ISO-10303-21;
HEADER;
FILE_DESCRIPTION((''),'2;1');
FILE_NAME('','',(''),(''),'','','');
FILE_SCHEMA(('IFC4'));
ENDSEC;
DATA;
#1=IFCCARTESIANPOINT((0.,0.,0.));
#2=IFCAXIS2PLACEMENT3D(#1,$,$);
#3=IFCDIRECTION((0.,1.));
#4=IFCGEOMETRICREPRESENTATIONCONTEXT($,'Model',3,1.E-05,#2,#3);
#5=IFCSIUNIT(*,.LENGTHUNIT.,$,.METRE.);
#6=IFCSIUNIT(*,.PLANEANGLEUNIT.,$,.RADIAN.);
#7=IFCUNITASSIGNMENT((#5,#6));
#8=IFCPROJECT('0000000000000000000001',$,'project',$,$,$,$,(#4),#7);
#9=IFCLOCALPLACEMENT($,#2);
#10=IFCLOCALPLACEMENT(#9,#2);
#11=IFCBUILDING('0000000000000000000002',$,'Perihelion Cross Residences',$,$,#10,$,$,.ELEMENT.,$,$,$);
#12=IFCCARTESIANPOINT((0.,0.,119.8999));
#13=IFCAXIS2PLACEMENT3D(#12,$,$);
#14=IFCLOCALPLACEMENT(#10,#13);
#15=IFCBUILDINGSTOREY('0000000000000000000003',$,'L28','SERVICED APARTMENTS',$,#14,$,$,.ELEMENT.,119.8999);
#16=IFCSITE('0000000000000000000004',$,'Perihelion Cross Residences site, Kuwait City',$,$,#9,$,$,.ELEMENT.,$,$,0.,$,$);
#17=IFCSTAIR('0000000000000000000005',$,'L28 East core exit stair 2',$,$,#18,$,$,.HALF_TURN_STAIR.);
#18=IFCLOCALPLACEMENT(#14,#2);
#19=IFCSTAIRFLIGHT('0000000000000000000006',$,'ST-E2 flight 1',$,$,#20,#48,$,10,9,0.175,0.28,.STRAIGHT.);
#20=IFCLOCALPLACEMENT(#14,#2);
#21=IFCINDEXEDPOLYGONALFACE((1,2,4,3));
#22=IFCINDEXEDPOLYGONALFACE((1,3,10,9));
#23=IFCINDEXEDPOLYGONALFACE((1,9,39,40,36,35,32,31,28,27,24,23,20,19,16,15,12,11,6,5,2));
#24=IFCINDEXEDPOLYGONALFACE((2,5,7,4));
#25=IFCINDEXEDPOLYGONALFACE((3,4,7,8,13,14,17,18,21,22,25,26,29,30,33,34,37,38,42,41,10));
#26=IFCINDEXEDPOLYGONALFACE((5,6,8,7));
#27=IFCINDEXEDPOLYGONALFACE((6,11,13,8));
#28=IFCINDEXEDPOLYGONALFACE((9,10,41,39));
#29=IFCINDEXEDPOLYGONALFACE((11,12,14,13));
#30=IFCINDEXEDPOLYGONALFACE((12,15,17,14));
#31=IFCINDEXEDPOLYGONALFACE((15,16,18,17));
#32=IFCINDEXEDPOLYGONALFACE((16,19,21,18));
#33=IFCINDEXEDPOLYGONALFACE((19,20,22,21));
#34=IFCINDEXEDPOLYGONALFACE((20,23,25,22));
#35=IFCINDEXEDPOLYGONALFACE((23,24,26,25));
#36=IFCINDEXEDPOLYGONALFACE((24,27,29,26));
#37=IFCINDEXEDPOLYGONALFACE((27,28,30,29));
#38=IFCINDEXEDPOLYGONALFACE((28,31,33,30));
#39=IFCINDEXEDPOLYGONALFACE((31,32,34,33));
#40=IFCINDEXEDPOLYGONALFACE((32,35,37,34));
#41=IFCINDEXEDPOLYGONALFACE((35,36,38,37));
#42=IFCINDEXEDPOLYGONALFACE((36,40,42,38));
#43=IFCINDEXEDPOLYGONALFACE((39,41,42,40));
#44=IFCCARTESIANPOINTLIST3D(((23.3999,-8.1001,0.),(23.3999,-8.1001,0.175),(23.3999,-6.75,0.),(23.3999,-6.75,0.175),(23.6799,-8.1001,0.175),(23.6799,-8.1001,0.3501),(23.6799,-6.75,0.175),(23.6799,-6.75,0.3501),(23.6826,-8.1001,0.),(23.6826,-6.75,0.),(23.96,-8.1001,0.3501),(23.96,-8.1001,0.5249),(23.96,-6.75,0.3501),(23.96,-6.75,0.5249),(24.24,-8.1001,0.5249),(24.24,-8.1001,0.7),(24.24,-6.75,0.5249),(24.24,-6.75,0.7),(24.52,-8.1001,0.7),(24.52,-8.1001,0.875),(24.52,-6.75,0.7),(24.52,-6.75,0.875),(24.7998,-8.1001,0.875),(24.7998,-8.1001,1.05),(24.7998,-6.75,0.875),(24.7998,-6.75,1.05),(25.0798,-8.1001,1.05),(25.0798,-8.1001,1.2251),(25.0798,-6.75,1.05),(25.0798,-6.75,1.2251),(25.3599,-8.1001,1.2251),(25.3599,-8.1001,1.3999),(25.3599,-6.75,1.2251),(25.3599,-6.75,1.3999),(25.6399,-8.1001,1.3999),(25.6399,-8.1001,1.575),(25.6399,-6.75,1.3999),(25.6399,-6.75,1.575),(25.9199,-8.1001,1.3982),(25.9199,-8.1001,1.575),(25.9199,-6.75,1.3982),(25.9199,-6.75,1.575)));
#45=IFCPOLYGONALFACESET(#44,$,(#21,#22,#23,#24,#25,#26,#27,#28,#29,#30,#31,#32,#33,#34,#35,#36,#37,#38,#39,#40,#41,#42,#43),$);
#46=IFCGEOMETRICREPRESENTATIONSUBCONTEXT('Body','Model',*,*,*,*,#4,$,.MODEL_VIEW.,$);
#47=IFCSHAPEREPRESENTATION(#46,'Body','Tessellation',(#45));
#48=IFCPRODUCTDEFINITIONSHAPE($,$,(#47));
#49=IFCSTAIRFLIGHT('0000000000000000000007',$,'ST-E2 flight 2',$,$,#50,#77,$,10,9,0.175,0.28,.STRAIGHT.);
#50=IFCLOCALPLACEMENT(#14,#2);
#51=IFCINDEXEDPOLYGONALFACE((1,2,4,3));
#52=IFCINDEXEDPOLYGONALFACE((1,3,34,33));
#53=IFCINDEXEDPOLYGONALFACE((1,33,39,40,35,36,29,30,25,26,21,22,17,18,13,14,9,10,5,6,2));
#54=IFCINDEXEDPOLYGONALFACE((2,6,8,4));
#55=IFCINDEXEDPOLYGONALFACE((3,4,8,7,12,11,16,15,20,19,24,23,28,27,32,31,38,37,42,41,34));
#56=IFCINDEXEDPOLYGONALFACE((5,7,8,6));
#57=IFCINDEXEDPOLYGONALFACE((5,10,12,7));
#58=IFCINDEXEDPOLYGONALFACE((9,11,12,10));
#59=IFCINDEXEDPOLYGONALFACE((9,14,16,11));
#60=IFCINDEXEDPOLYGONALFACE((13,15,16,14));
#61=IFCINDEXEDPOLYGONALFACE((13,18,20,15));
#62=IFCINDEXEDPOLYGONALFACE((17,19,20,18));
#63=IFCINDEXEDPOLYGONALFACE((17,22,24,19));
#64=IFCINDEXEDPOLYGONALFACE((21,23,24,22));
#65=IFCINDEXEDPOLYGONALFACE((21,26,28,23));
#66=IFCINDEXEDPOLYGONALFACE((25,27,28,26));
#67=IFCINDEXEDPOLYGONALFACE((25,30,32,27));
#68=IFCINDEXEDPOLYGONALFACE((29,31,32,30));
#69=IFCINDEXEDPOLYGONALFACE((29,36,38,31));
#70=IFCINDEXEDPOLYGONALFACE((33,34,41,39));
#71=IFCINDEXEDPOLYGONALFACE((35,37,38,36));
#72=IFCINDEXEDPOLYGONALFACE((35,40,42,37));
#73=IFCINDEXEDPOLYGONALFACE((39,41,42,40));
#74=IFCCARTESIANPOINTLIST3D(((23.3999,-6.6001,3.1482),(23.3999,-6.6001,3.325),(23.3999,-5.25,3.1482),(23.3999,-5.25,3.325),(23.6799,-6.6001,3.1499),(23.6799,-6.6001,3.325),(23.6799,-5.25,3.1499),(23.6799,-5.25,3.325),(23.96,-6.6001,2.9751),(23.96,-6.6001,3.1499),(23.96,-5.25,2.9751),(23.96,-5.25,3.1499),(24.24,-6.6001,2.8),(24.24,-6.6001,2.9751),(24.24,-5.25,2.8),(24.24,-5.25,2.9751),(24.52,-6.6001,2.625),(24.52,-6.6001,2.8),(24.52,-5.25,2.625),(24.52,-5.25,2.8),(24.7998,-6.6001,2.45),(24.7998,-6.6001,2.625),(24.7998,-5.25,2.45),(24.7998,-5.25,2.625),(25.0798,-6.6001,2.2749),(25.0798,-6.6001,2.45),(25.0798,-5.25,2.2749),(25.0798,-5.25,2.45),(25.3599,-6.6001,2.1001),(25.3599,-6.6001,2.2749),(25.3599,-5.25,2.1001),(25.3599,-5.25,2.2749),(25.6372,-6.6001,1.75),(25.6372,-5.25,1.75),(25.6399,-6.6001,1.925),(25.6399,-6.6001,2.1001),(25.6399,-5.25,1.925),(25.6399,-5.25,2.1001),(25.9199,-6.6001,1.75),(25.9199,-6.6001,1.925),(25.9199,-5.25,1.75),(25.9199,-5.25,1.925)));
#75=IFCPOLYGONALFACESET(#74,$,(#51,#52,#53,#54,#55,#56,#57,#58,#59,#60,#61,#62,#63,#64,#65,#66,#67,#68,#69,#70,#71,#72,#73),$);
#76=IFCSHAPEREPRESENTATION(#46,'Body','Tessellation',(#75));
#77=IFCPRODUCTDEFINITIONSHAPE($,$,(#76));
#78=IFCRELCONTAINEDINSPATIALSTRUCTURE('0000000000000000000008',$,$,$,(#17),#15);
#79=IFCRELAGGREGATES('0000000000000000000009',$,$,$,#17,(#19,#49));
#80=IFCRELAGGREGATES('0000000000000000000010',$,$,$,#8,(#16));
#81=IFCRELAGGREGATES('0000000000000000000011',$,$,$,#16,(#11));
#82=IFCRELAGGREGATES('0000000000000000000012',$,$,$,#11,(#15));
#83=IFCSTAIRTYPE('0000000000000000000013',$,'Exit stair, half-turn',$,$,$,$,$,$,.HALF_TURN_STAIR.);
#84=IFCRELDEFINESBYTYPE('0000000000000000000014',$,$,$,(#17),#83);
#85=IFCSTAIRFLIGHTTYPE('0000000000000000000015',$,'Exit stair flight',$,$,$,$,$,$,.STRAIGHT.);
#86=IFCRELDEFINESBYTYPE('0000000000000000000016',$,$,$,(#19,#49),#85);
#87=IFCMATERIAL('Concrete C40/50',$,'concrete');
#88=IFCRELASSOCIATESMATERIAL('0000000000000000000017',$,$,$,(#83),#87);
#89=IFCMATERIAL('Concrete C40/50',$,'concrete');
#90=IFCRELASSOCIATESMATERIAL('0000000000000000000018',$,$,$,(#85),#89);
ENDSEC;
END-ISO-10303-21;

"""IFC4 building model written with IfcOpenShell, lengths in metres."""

from ifc_helpers import new_model, si_unit, direction, frame, origin, place, context, subcontext, project, spatial, polyline, outline, extrude, material, type_object, element, aggregate, save


model = new_model("IFC4")

# Units and contexts
model_context = context("Model", 3, precision=1e-05, world=origin(), true_north=direction((0.0, 1.0)))
body_context = subcontext(model_context, "Body", "Model", "MODEL_VIEW")
ifc_project = project(units=[si_unit("LENGTHUNIT", "METRE"), si_unit("PLANEANGLEUNIT", "RADIAN")], contexts=[model_context])

# Site, building, storey
site_placement = place(None, origin())
site = spatial("IfcSite", under=ifc_project, at=site_placement, Name="Perihelion Cross Residences site, Kuwait City", CompositionType="ELEMENT", RefElevation=0.0)
building_placement = place(site_placement, origin())
building = spatial("IfcBuilding", under=site, at=building_placement, Name="Perihelion Cross Residences", CompositionType="ELEMENT")
storey_placement = place(building_placement, frame((0.0, 0.0, 119.8999)))
storey = spatial("IfcBuildingStorey", under=building, at=storey_placement, Name="L28", Description="SERVICED APARTMENTS", CompositionType="ELEMENT", Elevation=119.8999)

# Stair, stair flights
ifc_material_1 = material(Name="Concrete C40/50", Category="concrete")
stair_type = type_object("IfcStairType", Name="Exit stair, half-turn", PredefinedType="HALF_TURN_STAIR", material=ifc_material_1)
stair_placement = place(storey_placement, origin())
stair = element("IfcStair", 1, at=stair_placement, inside=storey, type_object=stair_type, Name="L28 East core exit stair 2", PredefinedType="HALF_TURN_STAIR")
ifc_material_2 = material(Name="Concrete C40/50", Category="concrete")
stair_flight_type = type_object("IfcStairFlightType", Name="Exit stair flight", PredefinedType="STRAIGHT", material=ifc_material_2)
stair_flight_1_placement = place(storey_placement, frame((23.3999, -7.425, 0.0), z_axis=(0.0, 0.0, 1.0), x_axis=(1.0, 0.0, 0.0)))
stair_flight_1 = element("IfcStairFlight", 2, at=stair_flight_1_placement, type_object=stair_flight_type, Name="ST-E2 flight 1", NumberOfRisers=10, NumberOfTreads=9, PredefinedType="STRAIGHT", RiserHeight=0.175, TreadLength=0.28, context=body_context, shape_type="SweptSolid", body=[
    extrude(outline(polyline([(0.0, 0.0), (0.0, 0.175), (0.28, 0.175), (0.28, 0.3501), (0.5601, 0.3501), (0.5601, 0.5249), (0.8401, 0.5249), (0.8401, 0.7), (1.1201, 0.7), (1.1201, 0.875), (1.3999, 0.875), (1.3999, 1.05), (1.6799, 1.05), (1.6799, 1.2251), (1.96, 1.2251), (1.96, 1.3999), (2.24, 1.3999), (2.24, 1.575), (2.52, 1.575), (2.52, 1.75), (2.52, 1.3982), (0.2827, 0.0), (0.0, 0.0)])), frame((0.0, 0.675, 0.0), z_axis=(0.0, -1.0, 0.0), x_axis=(1.0, 0.0, 0.0)), (0.0, 0.0, 1.0), 1.3501),
])
stair_flight_2_placement = place(storey_placement, frame((25.9199, -5.925, 1.75), z_axis=(0.0, 0.0, 1.0), x_axis=(-1.0, 0.0, 0.0)))
stair_flight_2 = element("IfcStairFlight", 3, at=stair_flight_2_placement, type_object=stair_flight_type, Name="ST-E2 flight 2", NumberOfRisers=10, NumberOfTreads=9, PredefinedType="STRAIGHT", RiserHeight=0.175, TreadLength=0.28, context=body_context, shape_type="SweptSolid", body=[
    extrude(outline(polyline([(0.0, 0.0), (0.0, 0.175), (0.28, 0.175), (0.28, 0.3501), (0.5601, 0.3501), (0.5601, 0.5249), (0.8401, 0.5249), (0.8401, 0.7), (1.1201, 0.7), (1.1201, 0.875), (1.3999, 0.875), (1.3999, 1.05), (1.6799, 1.05), (1.6799, 1.2251), (1.96, 1.2251), (1.96, 1.3999), (2.24, 1.3999), (2.24, 1.575), (2.52, 1.575), (2.52, 1.75), (2.52, 1.3982), (0.2827, 0.0), (0.0, 0.0)])), frame((0.0, 0.675, 0.0), z_axis=(0.0, -1.0, 0.0), x_axis=(1.0, 0.0, 0.0)), (0.0, 0.0, 1.0), 1.3501),
])
aggregate(stair, [stair_flight_1, stair_flight_2])

save(model, "model.ifc")
